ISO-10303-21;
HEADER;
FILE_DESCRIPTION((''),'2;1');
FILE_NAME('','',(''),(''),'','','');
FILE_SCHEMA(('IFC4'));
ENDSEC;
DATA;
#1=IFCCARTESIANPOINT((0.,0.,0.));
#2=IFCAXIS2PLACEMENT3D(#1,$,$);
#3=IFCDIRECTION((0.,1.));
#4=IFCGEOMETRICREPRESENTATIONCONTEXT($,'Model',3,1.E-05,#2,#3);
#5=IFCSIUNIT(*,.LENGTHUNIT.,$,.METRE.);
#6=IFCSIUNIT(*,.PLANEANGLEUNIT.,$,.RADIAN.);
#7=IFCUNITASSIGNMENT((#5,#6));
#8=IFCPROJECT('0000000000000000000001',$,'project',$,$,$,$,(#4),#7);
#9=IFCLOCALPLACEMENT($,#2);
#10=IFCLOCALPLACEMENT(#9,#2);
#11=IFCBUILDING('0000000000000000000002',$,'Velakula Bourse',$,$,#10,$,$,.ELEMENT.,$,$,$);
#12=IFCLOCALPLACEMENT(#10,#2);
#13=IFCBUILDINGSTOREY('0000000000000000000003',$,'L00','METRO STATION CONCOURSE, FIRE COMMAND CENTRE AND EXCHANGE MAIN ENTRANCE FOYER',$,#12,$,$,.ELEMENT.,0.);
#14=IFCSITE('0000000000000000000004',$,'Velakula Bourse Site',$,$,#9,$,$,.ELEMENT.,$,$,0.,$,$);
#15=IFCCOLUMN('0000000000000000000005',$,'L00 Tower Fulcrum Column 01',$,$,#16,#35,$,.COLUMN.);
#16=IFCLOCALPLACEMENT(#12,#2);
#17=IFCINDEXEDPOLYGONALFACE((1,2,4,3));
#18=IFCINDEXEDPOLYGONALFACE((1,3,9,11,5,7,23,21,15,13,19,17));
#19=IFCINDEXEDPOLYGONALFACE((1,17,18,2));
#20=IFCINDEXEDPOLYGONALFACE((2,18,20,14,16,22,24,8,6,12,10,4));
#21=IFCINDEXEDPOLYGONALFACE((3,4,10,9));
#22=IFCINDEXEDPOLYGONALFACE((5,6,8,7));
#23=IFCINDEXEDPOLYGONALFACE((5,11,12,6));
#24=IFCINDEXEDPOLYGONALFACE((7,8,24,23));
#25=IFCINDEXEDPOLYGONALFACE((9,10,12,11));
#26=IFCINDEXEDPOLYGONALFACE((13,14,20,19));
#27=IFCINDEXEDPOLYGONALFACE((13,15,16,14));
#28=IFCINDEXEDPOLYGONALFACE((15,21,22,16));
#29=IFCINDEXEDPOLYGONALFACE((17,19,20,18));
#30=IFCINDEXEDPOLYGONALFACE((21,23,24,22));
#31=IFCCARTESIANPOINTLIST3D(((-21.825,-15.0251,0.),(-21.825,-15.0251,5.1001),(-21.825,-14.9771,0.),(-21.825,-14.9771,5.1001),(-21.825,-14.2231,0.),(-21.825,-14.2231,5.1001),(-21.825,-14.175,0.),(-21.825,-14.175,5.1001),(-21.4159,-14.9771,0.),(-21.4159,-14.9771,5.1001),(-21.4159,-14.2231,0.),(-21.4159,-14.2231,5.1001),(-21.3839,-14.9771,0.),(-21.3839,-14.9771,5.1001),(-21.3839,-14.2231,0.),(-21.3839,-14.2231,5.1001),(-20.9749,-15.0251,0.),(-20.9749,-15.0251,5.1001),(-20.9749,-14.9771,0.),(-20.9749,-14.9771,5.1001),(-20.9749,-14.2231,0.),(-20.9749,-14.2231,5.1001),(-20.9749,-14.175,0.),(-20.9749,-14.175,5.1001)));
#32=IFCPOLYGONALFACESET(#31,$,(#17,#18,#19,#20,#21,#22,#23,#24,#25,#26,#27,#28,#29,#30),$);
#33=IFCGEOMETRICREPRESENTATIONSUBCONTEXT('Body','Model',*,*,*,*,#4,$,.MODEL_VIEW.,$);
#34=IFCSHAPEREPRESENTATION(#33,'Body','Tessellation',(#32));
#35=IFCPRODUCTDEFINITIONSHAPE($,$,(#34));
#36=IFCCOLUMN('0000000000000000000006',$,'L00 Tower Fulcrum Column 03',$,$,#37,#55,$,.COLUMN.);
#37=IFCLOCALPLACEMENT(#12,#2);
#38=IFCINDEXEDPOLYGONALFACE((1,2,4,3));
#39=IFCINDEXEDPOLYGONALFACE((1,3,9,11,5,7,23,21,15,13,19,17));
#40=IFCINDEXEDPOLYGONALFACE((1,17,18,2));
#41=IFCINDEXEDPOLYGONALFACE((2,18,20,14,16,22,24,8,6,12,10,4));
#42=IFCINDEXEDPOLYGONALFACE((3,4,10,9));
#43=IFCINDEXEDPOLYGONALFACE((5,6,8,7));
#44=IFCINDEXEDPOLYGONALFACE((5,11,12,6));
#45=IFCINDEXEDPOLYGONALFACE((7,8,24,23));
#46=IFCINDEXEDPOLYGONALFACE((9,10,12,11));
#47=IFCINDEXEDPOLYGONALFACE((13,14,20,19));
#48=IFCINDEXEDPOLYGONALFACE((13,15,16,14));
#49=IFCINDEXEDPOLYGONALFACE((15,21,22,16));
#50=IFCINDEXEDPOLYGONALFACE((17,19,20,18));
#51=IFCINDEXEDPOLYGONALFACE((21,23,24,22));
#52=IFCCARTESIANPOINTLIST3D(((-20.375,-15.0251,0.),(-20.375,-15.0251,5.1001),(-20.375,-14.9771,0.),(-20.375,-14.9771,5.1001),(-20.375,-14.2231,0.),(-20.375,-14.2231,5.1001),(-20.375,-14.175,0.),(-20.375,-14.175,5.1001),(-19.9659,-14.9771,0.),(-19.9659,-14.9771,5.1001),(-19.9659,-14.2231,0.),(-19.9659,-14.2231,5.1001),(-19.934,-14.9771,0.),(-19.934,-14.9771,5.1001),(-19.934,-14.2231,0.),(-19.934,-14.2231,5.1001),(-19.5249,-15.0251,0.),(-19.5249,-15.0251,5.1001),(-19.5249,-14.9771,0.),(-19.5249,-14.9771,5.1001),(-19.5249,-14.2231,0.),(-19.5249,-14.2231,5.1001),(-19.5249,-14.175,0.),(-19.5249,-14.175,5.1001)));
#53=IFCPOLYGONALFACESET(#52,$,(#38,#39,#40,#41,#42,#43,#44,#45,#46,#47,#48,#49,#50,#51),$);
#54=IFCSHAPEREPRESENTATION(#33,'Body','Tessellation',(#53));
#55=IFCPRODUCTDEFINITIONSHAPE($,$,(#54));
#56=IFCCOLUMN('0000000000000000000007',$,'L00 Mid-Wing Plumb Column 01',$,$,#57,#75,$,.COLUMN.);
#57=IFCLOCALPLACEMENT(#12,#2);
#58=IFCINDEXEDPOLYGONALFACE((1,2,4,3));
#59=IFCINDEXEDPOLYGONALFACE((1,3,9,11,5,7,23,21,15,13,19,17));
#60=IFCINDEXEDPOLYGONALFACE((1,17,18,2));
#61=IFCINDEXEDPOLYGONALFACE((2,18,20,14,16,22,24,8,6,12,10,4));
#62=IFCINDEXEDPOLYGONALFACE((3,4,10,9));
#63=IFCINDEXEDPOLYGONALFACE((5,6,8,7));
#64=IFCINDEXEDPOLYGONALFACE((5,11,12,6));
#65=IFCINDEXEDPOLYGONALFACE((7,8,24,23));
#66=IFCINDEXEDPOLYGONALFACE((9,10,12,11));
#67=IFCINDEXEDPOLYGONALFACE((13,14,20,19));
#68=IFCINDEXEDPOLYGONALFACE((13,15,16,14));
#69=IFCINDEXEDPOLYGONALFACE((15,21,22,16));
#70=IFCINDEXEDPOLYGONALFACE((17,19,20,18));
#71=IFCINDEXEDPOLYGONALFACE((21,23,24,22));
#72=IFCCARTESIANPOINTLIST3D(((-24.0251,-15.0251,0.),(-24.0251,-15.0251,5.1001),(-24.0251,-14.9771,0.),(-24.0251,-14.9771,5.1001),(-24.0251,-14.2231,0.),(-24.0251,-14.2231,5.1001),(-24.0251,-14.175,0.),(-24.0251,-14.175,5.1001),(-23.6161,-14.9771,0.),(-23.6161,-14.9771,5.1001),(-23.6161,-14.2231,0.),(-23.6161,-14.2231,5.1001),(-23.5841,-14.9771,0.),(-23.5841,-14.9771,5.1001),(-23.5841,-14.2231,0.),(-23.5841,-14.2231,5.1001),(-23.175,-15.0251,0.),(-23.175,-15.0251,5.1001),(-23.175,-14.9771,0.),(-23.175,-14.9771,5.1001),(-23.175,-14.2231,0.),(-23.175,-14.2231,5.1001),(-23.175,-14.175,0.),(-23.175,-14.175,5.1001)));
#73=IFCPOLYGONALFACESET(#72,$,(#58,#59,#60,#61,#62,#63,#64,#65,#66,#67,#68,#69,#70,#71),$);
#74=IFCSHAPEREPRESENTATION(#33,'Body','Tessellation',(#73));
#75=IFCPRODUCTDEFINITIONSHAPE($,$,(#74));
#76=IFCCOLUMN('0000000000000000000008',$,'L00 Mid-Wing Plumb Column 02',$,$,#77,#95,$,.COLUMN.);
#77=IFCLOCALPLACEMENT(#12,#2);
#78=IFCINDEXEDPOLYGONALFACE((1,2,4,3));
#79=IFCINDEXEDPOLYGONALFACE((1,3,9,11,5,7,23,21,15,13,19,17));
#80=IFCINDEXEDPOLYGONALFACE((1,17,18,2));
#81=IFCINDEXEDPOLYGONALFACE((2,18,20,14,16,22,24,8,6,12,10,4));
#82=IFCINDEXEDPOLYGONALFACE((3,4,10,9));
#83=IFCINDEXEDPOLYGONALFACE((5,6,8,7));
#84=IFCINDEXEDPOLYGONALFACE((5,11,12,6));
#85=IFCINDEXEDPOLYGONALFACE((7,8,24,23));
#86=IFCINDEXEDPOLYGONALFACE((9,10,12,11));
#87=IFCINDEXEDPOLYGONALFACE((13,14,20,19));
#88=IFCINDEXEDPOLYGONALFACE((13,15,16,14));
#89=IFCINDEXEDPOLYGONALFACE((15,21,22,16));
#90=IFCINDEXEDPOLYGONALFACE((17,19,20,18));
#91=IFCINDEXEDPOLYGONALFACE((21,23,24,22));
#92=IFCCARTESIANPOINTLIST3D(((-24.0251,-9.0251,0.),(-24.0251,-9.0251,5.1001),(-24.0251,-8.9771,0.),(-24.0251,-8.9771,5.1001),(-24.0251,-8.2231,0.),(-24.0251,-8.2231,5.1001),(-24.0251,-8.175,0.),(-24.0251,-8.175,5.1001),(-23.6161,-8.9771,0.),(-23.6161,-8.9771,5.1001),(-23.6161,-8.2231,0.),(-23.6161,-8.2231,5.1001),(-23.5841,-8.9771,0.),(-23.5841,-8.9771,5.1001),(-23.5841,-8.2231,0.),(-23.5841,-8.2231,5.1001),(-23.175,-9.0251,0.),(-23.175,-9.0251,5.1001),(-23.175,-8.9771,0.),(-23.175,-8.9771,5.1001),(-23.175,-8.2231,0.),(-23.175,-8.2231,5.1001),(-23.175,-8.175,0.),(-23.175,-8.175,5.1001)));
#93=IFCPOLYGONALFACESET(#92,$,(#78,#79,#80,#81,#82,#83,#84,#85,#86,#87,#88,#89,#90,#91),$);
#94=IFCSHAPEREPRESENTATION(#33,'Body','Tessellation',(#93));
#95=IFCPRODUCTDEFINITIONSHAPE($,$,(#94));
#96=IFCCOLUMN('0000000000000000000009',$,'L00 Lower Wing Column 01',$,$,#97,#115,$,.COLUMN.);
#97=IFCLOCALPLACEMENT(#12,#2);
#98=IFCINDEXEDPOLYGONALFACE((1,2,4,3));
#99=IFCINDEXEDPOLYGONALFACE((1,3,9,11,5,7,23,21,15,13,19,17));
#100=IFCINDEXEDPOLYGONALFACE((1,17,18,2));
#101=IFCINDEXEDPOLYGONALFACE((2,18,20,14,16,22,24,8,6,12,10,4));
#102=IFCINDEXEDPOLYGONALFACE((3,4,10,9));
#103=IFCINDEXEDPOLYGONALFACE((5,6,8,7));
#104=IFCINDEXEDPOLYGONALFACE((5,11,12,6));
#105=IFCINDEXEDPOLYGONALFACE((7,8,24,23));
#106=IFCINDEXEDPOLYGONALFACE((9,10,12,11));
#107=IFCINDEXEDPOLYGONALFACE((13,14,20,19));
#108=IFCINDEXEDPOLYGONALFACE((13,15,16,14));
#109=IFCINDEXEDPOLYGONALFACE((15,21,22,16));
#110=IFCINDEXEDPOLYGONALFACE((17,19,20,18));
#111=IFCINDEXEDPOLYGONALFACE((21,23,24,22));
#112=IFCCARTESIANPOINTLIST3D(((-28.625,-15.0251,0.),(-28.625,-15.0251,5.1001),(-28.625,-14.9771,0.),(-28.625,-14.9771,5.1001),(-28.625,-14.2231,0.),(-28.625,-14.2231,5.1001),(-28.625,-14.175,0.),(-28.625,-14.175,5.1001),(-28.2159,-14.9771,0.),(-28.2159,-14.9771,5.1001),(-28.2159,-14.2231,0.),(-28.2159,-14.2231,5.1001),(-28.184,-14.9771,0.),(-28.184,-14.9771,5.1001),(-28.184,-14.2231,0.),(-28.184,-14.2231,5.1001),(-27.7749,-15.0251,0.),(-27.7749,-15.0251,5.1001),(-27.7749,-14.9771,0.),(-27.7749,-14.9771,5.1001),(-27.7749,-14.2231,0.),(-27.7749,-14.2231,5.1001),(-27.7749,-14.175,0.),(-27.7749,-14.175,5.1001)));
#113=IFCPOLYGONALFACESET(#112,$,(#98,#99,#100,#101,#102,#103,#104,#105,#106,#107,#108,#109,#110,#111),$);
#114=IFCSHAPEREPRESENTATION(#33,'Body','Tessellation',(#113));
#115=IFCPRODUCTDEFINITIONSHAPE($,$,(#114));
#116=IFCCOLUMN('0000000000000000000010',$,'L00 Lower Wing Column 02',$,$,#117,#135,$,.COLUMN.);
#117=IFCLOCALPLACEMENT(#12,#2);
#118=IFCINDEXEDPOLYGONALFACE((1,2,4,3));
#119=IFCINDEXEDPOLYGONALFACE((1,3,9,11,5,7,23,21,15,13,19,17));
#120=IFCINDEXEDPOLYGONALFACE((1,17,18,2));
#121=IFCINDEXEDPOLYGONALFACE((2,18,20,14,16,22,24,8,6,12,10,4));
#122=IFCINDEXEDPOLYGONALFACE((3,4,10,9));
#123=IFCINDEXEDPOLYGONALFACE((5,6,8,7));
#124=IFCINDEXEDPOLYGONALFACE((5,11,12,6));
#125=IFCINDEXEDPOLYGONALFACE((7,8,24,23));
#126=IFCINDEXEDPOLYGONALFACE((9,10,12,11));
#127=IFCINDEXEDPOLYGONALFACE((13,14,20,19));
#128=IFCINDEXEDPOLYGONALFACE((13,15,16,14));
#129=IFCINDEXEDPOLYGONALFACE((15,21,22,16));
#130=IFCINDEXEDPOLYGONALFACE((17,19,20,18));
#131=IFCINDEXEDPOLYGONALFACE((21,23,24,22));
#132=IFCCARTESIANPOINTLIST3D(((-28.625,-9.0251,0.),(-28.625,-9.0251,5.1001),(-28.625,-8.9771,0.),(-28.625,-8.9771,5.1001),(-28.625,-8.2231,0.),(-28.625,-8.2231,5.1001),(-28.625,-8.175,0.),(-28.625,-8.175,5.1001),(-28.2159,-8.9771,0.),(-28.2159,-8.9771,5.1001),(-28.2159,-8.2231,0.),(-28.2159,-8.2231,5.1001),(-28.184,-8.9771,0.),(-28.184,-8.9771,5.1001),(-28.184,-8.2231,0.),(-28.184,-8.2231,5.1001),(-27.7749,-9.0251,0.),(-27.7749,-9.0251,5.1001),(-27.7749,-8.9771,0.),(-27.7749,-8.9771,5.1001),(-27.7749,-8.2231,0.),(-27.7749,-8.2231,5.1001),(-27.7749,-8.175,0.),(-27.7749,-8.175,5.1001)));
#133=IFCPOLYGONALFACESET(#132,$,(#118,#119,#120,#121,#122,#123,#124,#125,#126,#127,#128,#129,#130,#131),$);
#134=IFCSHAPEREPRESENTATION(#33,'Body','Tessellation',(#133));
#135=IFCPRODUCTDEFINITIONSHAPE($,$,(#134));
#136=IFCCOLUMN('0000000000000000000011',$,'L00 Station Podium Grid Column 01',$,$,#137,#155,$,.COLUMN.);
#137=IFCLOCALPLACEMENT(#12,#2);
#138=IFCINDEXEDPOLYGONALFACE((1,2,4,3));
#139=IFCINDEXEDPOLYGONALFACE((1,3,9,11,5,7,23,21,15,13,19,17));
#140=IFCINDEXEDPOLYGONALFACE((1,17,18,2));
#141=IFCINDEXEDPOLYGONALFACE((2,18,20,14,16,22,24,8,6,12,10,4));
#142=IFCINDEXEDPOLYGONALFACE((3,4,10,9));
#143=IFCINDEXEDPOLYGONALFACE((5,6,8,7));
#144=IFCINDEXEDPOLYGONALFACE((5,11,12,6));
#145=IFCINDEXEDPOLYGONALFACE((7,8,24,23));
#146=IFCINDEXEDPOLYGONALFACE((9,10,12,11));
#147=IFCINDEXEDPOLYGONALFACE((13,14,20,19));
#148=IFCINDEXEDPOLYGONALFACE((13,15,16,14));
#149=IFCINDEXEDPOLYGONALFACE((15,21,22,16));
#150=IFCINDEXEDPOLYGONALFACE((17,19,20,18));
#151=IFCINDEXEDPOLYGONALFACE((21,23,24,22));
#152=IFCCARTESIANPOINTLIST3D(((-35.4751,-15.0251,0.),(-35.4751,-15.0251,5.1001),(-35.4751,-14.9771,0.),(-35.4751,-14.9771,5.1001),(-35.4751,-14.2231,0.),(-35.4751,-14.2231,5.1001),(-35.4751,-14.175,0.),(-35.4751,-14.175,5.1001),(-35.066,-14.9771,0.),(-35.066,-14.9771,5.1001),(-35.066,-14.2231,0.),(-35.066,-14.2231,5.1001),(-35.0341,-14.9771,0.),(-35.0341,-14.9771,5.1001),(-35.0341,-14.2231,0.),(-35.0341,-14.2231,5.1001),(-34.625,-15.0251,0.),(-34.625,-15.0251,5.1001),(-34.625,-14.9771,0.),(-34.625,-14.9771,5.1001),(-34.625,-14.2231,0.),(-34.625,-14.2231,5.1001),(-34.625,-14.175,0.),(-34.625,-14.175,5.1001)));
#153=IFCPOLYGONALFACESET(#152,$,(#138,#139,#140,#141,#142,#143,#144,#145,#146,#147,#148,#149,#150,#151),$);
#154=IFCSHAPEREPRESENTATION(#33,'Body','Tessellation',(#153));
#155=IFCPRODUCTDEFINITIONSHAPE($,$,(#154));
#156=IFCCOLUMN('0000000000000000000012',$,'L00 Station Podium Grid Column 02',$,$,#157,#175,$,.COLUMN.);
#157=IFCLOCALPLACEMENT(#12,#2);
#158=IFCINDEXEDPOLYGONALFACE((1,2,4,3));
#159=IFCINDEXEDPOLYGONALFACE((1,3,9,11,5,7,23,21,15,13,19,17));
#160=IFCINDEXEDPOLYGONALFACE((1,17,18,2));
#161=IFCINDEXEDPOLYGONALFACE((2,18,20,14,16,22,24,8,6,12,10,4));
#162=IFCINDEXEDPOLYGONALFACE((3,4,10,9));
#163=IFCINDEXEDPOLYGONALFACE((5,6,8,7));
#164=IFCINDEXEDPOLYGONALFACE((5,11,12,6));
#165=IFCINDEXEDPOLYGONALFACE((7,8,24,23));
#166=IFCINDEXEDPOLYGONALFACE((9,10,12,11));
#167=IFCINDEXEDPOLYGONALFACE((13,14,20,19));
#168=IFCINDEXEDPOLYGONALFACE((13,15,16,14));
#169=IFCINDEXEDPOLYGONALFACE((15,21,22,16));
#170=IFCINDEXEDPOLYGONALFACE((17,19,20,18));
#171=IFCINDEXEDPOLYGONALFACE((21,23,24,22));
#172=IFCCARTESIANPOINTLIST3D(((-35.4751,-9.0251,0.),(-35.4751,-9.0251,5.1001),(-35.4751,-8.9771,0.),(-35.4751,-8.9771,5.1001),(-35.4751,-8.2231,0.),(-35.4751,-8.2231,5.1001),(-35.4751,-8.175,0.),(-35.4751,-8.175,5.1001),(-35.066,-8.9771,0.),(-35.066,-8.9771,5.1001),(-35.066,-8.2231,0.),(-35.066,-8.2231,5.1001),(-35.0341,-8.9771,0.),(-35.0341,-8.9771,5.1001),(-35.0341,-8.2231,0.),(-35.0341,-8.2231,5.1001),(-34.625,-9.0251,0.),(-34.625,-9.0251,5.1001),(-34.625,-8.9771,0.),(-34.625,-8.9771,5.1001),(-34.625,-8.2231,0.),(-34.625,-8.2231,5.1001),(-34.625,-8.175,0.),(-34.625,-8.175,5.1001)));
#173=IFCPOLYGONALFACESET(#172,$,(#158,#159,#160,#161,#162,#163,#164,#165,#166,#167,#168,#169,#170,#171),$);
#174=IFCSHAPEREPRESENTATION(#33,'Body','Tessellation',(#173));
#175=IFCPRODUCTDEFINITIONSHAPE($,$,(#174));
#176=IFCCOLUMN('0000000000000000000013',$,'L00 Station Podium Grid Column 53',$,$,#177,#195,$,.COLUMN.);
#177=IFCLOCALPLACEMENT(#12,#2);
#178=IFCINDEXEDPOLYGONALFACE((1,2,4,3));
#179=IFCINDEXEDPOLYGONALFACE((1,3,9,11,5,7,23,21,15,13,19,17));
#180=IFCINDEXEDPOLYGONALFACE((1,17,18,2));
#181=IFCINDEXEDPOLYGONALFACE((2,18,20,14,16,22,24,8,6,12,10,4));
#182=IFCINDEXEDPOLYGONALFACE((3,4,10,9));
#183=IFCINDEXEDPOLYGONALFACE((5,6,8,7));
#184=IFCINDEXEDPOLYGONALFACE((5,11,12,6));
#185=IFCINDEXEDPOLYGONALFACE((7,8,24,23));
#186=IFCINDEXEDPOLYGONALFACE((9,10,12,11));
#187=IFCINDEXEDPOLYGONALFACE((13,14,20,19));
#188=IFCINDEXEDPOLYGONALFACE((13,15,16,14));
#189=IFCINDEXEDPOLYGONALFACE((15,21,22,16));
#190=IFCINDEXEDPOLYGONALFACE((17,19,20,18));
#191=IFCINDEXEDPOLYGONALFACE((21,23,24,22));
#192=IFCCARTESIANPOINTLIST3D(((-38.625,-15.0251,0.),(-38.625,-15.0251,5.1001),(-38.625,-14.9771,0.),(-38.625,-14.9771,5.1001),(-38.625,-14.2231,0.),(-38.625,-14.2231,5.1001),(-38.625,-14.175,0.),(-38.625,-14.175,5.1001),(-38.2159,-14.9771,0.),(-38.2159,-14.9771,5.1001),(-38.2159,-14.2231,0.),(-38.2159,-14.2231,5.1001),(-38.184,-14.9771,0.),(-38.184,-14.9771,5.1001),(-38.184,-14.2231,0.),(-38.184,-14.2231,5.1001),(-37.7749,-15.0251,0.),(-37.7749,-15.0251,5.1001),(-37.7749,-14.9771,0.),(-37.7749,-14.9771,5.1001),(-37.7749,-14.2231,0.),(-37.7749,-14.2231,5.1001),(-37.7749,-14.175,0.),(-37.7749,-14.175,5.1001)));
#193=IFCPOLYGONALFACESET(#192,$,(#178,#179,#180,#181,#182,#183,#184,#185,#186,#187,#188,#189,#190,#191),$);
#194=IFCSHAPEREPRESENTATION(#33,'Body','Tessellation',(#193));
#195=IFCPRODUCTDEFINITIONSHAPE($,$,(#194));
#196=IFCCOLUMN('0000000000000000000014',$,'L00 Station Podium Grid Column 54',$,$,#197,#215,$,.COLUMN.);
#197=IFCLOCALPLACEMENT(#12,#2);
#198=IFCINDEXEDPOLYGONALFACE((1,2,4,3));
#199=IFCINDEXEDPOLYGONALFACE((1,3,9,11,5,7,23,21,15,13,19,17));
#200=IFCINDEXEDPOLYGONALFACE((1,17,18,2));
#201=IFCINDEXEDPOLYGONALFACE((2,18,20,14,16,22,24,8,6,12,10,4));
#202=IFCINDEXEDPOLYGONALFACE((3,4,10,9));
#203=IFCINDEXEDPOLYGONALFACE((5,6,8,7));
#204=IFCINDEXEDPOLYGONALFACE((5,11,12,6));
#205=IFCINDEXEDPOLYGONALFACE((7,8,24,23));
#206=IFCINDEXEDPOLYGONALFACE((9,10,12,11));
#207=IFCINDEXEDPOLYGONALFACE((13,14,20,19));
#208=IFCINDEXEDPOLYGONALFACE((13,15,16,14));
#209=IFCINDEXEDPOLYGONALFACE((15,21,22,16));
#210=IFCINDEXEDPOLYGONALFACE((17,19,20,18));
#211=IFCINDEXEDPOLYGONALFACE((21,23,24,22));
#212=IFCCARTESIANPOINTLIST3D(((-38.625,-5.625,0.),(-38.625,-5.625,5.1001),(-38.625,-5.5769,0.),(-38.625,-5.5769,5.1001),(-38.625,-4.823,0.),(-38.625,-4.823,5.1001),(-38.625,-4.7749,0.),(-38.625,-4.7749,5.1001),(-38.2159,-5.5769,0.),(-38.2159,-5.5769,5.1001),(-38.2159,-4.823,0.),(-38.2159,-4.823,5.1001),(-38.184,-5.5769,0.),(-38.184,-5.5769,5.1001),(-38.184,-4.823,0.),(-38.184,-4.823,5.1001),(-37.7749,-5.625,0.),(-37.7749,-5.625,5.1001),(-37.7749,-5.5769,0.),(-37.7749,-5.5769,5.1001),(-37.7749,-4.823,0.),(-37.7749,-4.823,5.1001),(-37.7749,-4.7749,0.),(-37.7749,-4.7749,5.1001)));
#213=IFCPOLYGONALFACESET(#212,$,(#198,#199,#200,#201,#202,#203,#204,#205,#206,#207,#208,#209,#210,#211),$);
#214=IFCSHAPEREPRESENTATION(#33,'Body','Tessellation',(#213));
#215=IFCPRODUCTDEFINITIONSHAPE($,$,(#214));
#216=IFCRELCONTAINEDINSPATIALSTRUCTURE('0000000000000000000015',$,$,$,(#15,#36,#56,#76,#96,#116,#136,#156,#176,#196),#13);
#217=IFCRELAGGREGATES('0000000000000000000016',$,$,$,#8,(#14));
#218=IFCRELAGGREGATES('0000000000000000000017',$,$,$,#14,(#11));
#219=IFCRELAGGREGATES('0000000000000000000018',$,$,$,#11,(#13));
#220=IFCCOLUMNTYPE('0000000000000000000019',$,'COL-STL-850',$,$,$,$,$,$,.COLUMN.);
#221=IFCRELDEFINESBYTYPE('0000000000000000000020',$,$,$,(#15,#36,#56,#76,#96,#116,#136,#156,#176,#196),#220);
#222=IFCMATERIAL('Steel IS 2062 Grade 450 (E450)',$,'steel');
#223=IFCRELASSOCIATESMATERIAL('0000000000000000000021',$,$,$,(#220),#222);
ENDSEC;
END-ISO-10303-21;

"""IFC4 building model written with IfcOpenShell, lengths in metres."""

from ifc_helpers import new_model, si_unit, direction, frame, origin, origin_2d, place, context, subcontext, project, spatial, i_section, extrude, material, material_profile, profile_set, type_object, element, save


model = new_model("IFC4")

# Units and contexts
model_context = context("Model", 3, precision=1e-05, world=origin(), true_north=direction((0.0, 1.0)))
body_context = subcontext(model_context, "Body", "Model", "MODEL_VIEW")
ifc_project = project(units=[si_unit("LENGTHUNIT", "METRE"), si_unit("PLANEANGLEUNIT", "RADIAN")], contexts=[model_context])

# Site, building, storey
site_placement = place(None, origin())
site = spatial("IfcSite", under=ifc_project, at=site_placement, Name="Velakula Bourse Site", CompositionType="ELEMENT", RefElevation=0.0)
building_placement = place(site_placement, origin())
building = spatial("IfcBuilding", under=site, at=building_placement, Name="Velakula Bourse", CompositionType="ELEMENT")
storey_placement = place(building_placement, origin())
storey = spatial("IfcBuildingStorey", under=building, at=storey_placement, Name="L00", Description="METRO STATION CONCOURSE, FIRE COMMAND CENTRE AND EXCHANGE MAIN ENTRANCE FOYER", CompositionType="ELEMENT", Elevation=0.0)

# Columns
ifc_material_1 = material(Name="Steel IS 2062 Grade 450 (E450)", Category="steel")
ifc_material_profile_1 = material_profile(ifc_material_1, i_section(OverallWidth=0.8501, OverallDepth=0.8501, WebThickness=0.032, FlangeThickness=0.0481, at=origin_2d()), Name="Steel IS 2062 Grade 450 (E450)")
ifc_profile_set_1 = profile_set([ifc_material_profile_1], Name="Steel IS 2062 Grade 450 (E450)")
column_type = type_object("IfcColumnType", Name="COL-STL-850", PredefinedType="COLUMN", material=ifc_profile_set_1)
for number, where, z_axis, x_axis, name in (
    (1, (-21.3999, -14.6001, 0.0), (0.0, 0.0, 1.0), (1.0, 0.0, 0.0), "L00 Tower Fulcrum Column 01"),
    (2, (-19.95, -14.6001, 0.0), (0.0, 0.0, 1.0), (1.0, 0.0, 0.0), "L00 Tower Fulcrum Column 03"),
    (3, (-23.6001, -14.6001, 0.0), (0.0, 0.0, 1.0), (1.0, 0.0, 0.0), "L00 Mid-Wing Plumb Column 01"),
    (4, (-23.6001, -8.6001, 0.0), (0.0, 0.0, 1.0), (1.0, 0.0, 0.0), "L00 Mid-Wing Plumb Column 02"),
    (5, (-28.2, -14.6001, 0.0), (0.0, 0.0, 1.0), (1.0, 0.0, 0.0), "L00 Lower Wing Column 01"),
    (6, (-28.2, -8.6001, 0.0), (0.0, 0.0, 1.0), (1.0, 0.0, 0.0), "L00 Lower Wing Column 02"),
    (7, (-35.05, -14.6001, 0.0), (0.0, 0.0, 1.0), (1.0, 0.0, 0.0), "L00 Station Podium Grid Column 01"),
    (8, (-35.05, -8.6001, 0.0), (0.0, 0.0, 1.0), (1.0, 0.0, 0.0), "L00 Station Podium Grid Column 02"),
    (9, (-38.2, -14.6001, 0.0), (0.0, 0.0, 1.0), (1.0, 0.0, 0.0), "L00 Station Podium Grid Column 53"),
    (10, (-38.2, -5.2, 0.0), (0.0, 0.0, 1.0), (1.0, 0.0, 0.0), "L00 Station Podium Grid Column 54"),
):
    element("IfcColumn", number, at=place(storey_placement, frame(where, z_axis=z_axis, x_axis=x_axis)), inside=storey, type_object=column_type, Name=name, PredefinedType="COLUMN", context=body_context, shape_type="SweptSolid", body=[
        extrude(i_section(OverallWidth=0.8501, OverallDepth=0.8501, WebThickness=0.032, FlangeThickness=0.0481, at=origin_2d()), origin(), (0.0, 0.0, 1.0), 5.1001),
    ])

save(model, "model.ifc")
